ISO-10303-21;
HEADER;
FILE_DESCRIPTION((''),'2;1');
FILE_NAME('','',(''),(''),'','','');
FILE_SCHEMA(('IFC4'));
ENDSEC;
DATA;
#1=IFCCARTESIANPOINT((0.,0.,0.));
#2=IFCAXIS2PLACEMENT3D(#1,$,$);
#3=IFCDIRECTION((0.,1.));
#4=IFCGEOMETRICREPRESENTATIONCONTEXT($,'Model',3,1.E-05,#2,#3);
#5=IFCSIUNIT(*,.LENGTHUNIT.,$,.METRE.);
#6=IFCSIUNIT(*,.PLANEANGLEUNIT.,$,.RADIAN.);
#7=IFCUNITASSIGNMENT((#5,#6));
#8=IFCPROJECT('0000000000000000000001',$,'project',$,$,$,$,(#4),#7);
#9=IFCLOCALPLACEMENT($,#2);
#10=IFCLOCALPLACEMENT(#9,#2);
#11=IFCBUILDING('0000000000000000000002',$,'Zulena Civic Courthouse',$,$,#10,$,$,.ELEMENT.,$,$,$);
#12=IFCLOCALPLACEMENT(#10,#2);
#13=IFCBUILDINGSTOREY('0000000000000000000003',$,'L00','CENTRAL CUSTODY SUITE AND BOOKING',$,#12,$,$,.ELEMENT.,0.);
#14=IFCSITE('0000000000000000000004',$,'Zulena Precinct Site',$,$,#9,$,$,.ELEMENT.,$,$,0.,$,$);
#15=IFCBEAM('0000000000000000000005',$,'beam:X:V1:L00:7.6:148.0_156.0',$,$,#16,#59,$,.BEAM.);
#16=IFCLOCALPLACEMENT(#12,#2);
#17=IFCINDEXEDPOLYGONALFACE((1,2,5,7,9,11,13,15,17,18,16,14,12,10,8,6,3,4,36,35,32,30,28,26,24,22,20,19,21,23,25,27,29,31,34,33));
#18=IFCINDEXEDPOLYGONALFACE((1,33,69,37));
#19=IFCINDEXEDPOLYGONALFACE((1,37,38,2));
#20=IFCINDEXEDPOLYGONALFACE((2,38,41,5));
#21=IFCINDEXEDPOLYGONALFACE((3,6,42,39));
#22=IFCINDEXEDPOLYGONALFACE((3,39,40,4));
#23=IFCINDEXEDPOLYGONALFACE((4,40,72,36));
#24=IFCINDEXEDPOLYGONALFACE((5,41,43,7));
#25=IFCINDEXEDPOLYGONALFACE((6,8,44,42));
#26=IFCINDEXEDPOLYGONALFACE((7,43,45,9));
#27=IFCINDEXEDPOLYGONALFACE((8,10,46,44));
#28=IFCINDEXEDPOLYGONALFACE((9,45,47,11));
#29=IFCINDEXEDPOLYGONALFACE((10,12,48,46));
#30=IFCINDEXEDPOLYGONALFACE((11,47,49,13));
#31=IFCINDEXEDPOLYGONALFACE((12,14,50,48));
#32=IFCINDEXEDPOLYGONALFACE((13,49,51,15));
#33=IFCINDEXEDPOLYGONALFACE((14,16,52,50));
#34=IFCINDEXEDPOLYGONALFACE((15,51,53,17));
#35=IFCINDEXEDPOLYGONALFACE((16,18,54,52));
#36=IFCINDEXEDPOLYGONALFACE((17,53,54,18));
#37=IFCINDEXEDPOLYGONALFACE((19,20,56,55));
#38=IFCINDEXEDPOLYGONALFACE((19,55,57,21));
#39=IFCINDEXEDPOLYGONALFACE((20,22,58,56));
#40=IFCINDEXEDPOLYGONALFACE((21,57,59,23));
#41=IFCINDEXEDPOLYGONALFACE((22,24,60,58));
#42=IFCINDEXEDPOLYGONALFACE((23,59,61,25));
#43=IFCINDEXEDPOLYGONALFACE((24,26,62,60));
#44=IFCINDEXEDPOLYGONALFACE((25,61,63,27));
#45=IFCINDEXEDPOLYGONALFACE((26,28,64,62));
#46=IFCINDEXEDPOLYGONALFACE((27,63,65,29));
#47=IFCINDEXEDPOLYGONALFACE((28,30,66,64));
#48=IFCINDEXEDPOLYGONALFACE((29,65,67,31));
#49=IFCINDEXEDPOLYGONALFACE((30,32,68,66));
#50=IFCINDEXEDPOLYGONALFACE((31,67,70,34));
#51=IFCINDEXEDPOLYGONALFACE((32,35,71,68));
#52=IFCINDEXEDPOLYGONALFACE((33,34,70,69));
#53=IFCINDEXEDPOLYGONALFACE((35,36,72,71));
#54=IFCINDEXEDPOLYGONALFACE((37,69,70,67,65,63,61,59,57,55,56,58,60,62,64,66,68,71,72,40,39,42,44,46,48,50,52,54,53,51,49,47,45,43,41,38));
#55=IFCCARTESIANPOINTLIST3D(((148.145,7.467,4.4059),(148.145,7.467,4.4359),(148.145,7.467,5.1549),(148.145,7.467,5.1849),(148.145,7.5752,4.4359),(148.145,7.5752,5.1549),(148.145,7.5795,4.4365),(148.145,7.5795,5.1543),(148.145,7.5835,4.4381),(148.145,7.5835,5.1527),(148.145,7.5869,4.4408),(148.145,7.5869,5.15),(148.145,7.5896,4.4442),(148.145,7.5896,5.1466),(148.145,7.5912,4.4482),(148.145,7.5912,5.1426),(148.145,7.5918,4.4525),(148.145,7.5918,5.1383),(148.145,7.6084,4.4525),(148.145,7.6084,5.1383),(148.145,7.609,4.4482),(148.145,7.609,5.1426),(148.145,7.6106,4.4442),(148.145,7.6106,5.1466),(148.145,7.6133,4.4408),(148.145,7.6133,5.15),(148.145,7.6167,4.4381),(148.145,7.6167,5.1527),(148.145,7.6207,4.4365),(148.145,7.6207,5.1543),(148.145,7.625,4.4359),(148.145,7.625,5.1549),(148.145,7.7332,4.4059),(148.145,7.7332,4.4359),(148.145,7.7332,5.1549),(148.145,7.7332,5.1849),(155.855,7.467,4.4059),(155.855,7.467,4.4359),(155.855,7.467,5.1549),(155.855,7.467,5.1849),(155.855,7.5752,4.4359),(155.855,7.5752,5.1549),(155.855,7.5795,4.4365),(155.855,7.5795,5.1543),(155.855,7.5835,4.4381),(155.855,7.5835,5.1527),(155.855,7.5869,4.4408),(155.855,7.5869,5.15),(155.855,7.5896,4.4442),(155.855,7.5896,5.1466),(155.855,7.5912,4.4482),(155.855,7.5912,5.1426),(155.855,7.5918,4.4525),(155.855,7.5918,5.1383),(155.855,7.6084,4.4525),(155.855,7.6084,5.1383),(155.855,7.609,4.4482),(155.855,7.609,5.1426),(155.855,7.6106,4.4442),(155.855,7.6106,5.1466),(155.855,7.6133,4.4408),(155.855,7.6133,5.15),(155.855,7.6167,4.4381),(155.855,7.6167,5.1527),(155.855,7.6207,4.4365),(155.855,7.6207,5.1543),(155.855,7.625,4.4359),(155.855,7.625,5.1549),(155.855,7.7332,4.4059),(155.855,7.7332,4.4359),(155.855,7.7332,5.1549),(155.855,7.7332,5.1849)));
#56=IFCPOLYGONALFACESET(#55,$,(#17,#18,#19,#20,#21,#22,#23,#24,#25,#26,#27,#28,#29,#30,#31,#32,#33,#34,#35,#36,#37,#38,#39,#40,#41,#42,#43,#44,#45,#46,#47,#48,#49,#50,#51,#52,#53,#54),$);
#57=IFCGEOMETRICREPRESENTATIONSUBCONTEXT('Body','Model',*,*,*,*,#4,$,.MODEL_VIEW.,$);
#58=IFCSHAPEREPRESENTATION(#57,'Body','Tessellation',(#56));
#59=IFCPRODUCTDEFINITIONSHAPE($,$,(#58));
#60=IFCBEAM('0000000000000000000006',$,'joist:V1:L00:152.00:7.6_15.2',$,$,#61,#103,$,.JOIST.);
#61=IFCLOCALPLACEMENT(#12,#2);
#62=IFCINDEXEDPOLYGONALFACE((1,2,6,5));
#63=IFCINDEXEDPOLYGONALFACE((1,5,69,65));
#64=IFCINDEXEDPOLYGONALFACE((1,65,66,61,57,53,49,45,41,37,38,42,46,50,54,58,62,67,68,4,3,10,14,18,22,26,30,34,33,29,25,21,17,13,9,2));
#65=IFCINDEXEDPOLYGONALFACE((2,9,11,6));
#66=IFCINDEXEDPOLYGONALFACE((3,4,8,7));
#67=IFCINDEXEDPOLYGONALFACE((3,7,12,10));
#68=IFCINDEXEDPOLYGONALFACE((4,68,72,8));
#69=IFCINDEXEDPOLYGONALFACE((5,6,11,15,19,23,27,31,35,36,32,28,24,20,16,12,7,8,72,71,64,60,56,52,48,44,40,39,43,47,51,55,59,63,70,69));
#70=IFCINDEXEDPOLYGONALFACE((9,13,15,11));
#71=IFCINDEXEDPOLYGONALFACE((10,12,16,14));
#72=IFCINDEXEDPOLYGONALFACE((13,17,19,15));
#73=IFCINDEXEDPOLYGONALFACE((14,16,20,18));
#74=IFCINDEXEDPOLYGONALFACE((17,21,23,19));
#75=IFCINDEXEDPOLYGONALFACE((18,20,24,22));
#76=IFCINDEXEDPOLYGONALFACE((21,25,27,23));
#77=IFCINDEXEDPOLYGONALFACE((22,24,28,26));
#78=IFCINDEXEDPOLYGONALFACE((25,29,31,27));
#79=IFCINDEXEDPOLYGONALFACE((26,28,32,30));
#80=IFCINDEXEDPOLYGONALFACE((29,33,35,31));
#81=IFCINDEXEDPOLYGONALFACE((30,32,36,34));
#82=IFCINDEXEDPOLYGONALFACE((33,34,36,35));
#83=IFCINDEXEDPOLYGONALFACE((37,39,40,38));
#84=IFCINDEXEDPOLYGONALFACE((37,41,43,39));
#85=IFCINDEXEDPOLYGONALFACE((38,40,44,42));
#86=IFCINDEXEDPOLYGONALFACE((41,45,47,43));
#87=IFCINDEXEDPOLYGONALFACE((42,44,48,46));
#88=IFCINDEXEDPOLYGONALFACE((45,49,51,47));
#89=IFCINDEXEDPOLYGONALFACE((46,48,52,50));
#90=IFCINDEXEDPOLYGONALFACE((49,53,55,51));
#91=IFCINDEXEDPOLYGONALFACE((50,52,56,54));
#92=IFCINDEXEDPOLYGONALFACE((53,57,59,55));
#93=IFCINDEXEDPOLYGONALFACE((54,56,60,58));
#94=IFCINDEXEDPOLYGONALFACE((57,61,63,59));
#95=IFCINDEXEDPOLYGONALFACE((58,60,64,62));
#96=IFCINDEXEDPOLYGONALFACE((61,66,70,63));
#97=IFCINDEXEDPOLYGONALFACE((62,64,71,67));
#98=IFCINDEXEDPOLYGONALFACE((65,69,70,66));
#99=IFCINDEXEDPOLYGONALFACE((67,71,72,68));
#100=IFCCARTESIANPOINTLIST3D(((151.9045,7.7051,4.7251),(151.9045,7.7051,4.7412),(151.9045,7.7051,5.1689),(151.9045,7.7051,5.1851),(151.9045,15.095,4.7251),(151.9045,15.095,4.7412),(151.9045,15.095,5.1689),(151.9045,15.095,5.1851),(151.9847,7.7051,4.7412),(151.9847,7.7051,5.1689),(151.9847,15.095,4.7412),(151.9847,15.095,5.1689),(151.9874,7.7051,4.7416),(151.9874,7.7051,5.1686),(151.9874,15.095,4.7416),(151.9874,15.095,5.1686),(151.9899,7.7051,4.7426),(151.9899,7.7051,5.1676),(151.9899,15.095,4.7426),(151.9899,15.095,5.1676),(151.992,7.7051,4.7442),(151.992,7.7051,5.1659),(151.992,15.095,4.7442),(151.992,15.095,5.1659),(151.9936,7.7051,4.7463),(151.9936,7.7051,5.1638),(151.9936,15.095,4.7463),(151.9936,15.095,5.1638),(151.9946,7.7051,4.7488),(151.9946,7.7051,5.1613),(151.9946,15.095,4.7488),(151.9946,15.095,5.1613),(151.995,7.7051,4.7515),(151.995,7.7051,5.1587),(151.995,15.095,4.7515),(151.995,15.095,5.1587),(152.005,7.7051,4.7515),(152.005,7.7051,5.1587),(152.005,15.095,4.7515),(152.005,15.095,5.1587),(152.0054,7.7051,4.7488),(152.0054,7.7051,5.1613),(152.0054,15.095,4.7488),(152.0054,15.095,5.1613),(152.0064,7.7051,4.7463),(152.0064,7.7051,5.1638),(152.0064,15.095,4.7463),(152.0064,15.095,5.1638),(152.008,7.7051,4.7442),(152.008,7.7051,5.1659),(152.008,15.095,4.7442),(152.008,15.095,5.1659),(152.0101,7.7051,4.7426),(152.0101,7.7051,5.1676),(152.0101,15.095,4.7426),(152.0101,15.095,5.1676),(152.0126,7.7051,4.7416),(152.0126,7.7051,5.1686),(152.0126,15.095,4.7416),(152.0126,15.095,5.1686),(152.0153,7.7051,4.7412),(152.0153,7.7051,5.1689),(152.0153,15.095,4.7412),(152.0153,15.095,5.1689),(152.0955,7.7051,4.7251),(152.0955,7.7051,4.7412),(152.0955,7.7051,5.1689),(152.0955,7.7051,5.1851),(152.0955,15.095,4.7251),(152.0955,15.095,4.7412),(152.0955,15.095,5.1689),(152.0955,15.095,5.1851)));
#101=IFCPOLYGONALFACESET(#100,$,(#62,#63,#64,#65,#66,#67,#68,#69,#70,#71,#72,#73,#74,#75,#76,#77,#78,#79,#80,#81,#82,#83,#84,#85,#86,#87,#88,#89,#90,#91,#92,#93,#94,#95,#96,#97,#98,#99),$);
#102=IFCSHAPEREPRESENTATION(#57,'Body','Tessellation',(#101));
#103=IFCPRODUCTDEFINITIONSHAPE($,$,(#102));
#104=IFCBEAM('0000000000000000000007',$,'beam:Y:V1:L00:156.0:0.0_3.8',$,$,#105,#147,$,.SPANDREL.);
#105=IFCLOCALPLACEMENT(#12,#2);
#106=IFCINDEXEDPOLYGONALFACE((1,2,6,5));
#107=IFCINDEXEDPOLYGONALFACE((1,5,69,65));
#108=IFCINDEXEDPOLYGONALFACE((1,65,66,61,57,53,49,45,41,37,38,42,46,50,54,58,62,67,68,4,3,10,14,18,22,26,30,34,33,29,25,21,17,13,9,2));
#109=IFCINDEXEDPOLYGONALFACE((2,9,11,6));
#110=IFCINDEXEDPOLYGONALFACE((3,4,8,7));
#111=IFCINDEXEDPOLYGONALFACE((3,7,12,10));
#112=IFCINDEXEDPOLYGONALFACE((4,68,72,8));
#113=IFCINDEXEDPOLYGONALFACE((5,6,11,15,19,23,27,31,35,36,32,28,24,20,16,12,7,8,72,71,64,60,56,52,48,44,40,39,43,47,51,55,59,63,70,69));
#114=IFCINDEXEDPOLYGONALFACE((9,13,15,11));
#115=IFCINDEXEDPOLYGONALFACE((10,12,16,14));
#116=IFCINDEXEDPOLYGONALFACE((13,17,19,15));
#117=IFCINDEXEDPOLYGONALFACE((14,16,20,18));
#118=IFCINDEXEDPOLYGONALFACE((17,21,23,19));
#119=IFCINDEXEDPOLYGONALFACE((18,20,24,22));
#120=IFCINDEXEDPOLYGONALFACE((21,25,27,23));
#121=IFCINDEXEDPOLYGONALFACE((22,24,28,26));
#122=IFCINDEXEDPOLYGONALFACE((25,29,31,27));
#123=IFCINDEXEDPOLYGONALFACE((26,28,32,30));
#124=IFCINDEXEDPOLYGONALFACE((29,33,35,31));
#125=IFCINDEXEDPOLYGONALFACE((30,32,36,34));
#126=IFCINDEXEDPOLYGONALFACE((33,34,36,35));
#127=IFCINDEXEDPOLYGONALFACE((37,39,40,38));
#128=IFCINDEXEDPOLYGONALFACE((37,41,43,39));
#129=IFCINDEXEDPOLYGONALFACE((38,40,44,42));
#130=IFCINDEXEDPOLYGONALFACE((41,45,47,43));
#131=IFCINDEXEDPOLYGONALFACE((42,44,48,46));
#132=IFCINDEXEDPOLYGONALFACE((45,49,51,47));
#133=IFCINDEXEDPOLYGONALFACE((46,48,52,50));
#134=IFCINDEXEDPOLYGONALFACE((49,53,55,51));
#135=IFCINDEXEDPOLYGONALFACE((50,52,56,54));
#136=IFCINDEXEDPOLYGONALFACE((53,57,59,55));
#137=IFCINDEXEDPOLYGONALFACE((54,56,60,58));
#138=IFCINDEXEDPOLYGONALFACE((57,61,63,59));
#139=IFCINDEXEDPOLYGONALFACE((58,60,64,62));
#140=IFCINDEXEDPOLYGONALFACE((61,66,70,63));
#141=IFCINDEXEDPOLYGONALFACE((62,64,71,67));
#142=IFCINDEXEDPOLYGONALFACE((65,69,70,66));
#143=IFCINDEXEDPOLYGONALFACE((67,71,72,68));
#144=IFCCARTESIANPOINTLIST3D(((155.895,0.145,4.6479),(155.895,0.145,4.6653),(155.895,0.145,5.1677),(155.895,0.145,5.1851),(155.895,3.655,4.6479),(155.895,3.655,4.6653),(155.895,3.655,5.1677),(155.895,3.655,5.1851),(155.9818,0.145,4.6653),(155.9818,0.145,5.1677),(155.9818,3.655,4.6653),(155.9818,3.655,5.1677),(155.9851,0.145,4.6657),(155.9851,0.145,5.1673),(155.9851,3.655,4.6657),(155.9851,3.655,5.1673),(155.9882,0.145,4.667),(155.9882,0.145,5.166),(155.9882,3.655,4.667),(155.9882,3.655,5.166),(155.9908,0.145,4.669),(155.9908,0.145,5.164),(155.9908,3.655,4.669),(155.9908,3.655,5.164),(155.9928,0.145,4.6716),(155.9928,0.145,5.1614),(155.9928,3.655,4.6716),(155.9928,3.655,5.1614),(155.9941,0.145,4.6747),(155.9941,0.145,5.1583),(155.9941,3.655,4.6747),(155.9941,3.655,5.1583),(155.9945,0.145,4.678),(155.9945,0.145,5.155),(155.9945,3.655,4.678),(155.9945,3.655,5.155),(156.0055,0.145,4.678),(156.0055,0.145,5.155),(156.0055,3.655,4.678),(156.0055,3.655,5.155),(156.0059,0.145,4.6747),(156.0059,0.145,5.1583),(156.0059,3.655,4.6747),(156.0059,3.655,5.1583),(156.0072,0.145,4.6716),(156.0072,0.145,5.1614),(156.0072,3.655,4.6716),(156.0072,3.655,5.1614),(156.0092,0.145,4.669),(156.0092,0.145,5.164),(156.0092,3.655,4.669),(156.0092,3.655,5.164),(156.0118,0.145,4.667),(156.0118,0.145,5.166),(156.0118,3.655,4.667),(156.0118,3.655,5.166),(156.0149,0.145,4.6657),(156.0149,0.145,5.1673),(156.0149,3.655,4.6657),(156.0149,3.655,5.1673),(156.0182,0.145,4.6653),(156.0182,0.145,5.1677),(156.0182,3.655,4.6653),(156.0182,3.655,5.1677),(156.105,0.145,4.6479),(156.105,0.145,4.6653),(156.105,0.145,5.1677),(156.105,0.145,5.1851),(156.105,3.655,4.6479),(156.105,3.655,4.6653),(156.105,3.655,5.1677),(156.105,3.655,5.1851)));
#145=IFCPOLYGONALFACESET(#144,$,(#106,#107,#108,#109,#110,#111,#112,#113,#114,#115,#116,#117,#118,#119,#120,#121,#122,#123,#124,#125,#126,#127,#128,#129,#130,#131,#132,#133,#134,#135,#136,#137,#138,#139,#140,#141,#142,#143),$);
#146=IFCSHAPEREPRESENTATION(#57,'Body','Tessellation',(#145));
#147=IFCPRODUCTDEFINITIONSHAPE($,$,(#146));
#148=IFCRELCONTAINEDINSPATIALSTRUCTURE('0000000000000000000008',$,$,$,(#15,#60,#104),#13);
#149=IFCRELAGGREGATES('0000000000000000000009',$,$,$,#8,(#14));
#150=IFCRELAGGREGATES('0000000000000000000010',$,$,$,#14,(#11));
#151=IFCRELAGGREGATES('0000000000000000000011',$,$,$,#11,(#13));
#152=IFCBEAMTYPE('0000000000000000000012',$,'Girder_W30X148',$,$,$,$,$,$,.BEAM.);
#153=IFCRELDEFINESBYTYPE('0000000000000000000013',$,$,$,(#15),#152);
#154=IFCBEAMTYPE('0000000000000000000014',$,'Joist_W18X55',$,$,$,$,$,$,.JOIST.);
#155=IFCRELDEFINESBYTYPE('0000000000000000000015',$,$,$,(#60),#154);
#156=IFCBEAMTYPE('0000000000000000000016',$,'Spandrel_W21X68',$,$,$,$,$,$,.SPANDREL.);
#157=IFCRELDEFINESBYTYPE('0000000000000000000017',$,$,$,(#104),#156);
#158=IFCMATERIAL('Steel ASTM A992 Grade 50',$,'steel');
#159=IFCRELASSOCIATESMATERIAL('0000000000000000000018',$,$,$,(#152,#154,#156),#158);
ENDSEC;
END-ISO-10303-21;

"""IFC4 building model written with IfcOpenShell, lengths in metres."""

from ifc_helpers import new_model, si_unit, direction, frame, origin, origin_2d, place, context, subcontext, project, spatial, i_section, extrude, material, material_profile, profile_set, type_object, element, save


model = new_model("IFC4")

# Units and contexts
model_context = context("Model", 3, precision=1e-05, world=origin(), true_north=direction((0.0, 1.0)))
body_context = subcontext(model_context, "Body", "Model", "MODEL_VIEW")
ifc_project = project(units=[si_unit("LENGTHUNIT", "METRE"), si_unit("PLANEANGLEUNIT", "RADIAN")], contexts=[model_context])

# Site, building, storey
site_placement = place(None, origin())
site = spatial("IfcSite", under=ifc_project, at=site_placement, Name="Zulena Precinct Site", CompositionType="ELEMENT", RefElevation=0.0)
building_placement = place(site_placement, origin())
building = spatial("IfcBuilding", under=site, at=building_placement, Name="Zulena Civic Courthouse", CompositionType="ELEMENT")
storey_placement = place(building_placement, origin())
storey = spatial("IfcBuildingStorey", under=building, at=storey_placement, Name="L00", Description="CENTRAL CUSTODY SUITE AND BOOKING", CompositionType="ELEMENT", Elevation=0.0)

# Shared definitions
ifc_material_1 = material(Name="Steel ASTM A992 Grade 50", Category="steel")

# Beams
ifc_material_profile_1 = material_profile(ifc_material_1, i_section(OverallWidth=0.2661, OverallDepth=0.7791, WebThickness=0.0166, FlangeThickness=0.03, FilletRadius=0.0166, at=origin_2d()), Name="W30X148")
ifc_profile_set_1 = profile_set([ifc_material_profile_1], Name="Steel ASTM A992 Grade 50")
beam_type_1 = type_object("IfcBeamType", Name="Girder_W30X148", PredefinedType="BEAM", material=ifc_profile_set_1)
for number, where, z_axis, x_axis, name in (
    (1, (148.145, 7.6001, 4.7954), (1.0, 0.0, 0.0), (0.0, 1.0, 0.0), "beam:X:V1:L00:7.6:148.0_156.0"),
):
    element("IfcBeam", number, at=place(storey_placement, frame(where, z_axis=z_axis, x_axis=x_axis)), inside=storey, type_object=beam_type_1, Name=name, PredefinedType="BEAM", context=body_context, shape_type="SweptSolid", body=[
        extrude(i_section(OverallWidth=0.2661, OverallDepth=0.7791, WebThickness=0.0166, FlangeThickness=0.03, FilletRadius=0.0166, at=origin_2d()), origin(), (0.0, 0.0, 1.0), 7.71),
    ])
ifc_material_profile_2 = material_profile(ifc_material_1, i_section(OverallWidth=0.1909, OverallDepth=0.46, WebThickness=0.01, FlangeThickness=0.0161, FilletRadius=0.0103, at=origin_2d()), Name="W18X55")
ifc_profile_set_2 = profile_set([ifc_material_profile_2], Name="Steel ASTM A992 Grade 50")
beam_type_2 = type_object("IfcBeamType", Name="Joist_W18X55", PredefinedType="JOIST", material=ifc_profile_set_2)
beam_1_placement = place(storey_placement, frame((152.0, 7.7051, 4.9551), z_axis=(0.0, 1.0, 0.0), x_axis=(-1.0, 0.0, 0.0)))
element("IfcBeam", 2, at=beam_1_placement, inside=storey, type_object=beam_type_2, Name="joist:V1:L00:152.00:7.6_15.2", PredefinedType="JOIST", context=body_context, shape_type="SweptSolid", body=[
    extrude(i_section(OverallWidth=0.1909, OverallDepth=0.46, WebThickness=0.01, FlangeThickness=0.0161, FilletRadius=0.0103, at=origin_2d()), origin(), (0.0, 0.0, 1.0), 7.3899),
])
ifc_material_profile_3 = material_profile(ifc_material_1, i_section(OverallWidth=0.21, OverallDepth=0.5371, WebThickness=0.011, FlangeThickness=0.0173, FilletRadius=0.0127, at=origin_2d()), Name="W21X68")
ifc_profile_set_3 = profile_set([ifc_material_profile_3], Name="Steel ASTM A992 Grade 50")
beam_type_3 = type_object("IfcBeamType", Name="Spandrel_W21X68", PredefinedType="SPANDREL", material=ifc_profile_set_3)
beam_2_placement = place(storey_placement, frame((156.0, 0.145, 4.9165), z_axis=(0.0, 1.0, 0.0), x_axis=(-1.0, 0.0, 0.0)))
element("IfcBeam", 3, at=beam_2_placement, inside=storey, type_object=beam_type_3, Name="beam:Y:V1:L00:156.0:0.0_3.8", PredefinedType="SPANDREL", context=body_context, shape_type="SweptSolid", body=[
    extrude(i_section(OverallWidth=0.21, OverallDepth=0.5371, WebThickness=0.011, FlangeThickness=0.0173, FilletRadius=0.0127, at=origin_2d()), origin(), (0.0, 0.0, 1.0), 3.51),
])

save(model, "model.ifc")
